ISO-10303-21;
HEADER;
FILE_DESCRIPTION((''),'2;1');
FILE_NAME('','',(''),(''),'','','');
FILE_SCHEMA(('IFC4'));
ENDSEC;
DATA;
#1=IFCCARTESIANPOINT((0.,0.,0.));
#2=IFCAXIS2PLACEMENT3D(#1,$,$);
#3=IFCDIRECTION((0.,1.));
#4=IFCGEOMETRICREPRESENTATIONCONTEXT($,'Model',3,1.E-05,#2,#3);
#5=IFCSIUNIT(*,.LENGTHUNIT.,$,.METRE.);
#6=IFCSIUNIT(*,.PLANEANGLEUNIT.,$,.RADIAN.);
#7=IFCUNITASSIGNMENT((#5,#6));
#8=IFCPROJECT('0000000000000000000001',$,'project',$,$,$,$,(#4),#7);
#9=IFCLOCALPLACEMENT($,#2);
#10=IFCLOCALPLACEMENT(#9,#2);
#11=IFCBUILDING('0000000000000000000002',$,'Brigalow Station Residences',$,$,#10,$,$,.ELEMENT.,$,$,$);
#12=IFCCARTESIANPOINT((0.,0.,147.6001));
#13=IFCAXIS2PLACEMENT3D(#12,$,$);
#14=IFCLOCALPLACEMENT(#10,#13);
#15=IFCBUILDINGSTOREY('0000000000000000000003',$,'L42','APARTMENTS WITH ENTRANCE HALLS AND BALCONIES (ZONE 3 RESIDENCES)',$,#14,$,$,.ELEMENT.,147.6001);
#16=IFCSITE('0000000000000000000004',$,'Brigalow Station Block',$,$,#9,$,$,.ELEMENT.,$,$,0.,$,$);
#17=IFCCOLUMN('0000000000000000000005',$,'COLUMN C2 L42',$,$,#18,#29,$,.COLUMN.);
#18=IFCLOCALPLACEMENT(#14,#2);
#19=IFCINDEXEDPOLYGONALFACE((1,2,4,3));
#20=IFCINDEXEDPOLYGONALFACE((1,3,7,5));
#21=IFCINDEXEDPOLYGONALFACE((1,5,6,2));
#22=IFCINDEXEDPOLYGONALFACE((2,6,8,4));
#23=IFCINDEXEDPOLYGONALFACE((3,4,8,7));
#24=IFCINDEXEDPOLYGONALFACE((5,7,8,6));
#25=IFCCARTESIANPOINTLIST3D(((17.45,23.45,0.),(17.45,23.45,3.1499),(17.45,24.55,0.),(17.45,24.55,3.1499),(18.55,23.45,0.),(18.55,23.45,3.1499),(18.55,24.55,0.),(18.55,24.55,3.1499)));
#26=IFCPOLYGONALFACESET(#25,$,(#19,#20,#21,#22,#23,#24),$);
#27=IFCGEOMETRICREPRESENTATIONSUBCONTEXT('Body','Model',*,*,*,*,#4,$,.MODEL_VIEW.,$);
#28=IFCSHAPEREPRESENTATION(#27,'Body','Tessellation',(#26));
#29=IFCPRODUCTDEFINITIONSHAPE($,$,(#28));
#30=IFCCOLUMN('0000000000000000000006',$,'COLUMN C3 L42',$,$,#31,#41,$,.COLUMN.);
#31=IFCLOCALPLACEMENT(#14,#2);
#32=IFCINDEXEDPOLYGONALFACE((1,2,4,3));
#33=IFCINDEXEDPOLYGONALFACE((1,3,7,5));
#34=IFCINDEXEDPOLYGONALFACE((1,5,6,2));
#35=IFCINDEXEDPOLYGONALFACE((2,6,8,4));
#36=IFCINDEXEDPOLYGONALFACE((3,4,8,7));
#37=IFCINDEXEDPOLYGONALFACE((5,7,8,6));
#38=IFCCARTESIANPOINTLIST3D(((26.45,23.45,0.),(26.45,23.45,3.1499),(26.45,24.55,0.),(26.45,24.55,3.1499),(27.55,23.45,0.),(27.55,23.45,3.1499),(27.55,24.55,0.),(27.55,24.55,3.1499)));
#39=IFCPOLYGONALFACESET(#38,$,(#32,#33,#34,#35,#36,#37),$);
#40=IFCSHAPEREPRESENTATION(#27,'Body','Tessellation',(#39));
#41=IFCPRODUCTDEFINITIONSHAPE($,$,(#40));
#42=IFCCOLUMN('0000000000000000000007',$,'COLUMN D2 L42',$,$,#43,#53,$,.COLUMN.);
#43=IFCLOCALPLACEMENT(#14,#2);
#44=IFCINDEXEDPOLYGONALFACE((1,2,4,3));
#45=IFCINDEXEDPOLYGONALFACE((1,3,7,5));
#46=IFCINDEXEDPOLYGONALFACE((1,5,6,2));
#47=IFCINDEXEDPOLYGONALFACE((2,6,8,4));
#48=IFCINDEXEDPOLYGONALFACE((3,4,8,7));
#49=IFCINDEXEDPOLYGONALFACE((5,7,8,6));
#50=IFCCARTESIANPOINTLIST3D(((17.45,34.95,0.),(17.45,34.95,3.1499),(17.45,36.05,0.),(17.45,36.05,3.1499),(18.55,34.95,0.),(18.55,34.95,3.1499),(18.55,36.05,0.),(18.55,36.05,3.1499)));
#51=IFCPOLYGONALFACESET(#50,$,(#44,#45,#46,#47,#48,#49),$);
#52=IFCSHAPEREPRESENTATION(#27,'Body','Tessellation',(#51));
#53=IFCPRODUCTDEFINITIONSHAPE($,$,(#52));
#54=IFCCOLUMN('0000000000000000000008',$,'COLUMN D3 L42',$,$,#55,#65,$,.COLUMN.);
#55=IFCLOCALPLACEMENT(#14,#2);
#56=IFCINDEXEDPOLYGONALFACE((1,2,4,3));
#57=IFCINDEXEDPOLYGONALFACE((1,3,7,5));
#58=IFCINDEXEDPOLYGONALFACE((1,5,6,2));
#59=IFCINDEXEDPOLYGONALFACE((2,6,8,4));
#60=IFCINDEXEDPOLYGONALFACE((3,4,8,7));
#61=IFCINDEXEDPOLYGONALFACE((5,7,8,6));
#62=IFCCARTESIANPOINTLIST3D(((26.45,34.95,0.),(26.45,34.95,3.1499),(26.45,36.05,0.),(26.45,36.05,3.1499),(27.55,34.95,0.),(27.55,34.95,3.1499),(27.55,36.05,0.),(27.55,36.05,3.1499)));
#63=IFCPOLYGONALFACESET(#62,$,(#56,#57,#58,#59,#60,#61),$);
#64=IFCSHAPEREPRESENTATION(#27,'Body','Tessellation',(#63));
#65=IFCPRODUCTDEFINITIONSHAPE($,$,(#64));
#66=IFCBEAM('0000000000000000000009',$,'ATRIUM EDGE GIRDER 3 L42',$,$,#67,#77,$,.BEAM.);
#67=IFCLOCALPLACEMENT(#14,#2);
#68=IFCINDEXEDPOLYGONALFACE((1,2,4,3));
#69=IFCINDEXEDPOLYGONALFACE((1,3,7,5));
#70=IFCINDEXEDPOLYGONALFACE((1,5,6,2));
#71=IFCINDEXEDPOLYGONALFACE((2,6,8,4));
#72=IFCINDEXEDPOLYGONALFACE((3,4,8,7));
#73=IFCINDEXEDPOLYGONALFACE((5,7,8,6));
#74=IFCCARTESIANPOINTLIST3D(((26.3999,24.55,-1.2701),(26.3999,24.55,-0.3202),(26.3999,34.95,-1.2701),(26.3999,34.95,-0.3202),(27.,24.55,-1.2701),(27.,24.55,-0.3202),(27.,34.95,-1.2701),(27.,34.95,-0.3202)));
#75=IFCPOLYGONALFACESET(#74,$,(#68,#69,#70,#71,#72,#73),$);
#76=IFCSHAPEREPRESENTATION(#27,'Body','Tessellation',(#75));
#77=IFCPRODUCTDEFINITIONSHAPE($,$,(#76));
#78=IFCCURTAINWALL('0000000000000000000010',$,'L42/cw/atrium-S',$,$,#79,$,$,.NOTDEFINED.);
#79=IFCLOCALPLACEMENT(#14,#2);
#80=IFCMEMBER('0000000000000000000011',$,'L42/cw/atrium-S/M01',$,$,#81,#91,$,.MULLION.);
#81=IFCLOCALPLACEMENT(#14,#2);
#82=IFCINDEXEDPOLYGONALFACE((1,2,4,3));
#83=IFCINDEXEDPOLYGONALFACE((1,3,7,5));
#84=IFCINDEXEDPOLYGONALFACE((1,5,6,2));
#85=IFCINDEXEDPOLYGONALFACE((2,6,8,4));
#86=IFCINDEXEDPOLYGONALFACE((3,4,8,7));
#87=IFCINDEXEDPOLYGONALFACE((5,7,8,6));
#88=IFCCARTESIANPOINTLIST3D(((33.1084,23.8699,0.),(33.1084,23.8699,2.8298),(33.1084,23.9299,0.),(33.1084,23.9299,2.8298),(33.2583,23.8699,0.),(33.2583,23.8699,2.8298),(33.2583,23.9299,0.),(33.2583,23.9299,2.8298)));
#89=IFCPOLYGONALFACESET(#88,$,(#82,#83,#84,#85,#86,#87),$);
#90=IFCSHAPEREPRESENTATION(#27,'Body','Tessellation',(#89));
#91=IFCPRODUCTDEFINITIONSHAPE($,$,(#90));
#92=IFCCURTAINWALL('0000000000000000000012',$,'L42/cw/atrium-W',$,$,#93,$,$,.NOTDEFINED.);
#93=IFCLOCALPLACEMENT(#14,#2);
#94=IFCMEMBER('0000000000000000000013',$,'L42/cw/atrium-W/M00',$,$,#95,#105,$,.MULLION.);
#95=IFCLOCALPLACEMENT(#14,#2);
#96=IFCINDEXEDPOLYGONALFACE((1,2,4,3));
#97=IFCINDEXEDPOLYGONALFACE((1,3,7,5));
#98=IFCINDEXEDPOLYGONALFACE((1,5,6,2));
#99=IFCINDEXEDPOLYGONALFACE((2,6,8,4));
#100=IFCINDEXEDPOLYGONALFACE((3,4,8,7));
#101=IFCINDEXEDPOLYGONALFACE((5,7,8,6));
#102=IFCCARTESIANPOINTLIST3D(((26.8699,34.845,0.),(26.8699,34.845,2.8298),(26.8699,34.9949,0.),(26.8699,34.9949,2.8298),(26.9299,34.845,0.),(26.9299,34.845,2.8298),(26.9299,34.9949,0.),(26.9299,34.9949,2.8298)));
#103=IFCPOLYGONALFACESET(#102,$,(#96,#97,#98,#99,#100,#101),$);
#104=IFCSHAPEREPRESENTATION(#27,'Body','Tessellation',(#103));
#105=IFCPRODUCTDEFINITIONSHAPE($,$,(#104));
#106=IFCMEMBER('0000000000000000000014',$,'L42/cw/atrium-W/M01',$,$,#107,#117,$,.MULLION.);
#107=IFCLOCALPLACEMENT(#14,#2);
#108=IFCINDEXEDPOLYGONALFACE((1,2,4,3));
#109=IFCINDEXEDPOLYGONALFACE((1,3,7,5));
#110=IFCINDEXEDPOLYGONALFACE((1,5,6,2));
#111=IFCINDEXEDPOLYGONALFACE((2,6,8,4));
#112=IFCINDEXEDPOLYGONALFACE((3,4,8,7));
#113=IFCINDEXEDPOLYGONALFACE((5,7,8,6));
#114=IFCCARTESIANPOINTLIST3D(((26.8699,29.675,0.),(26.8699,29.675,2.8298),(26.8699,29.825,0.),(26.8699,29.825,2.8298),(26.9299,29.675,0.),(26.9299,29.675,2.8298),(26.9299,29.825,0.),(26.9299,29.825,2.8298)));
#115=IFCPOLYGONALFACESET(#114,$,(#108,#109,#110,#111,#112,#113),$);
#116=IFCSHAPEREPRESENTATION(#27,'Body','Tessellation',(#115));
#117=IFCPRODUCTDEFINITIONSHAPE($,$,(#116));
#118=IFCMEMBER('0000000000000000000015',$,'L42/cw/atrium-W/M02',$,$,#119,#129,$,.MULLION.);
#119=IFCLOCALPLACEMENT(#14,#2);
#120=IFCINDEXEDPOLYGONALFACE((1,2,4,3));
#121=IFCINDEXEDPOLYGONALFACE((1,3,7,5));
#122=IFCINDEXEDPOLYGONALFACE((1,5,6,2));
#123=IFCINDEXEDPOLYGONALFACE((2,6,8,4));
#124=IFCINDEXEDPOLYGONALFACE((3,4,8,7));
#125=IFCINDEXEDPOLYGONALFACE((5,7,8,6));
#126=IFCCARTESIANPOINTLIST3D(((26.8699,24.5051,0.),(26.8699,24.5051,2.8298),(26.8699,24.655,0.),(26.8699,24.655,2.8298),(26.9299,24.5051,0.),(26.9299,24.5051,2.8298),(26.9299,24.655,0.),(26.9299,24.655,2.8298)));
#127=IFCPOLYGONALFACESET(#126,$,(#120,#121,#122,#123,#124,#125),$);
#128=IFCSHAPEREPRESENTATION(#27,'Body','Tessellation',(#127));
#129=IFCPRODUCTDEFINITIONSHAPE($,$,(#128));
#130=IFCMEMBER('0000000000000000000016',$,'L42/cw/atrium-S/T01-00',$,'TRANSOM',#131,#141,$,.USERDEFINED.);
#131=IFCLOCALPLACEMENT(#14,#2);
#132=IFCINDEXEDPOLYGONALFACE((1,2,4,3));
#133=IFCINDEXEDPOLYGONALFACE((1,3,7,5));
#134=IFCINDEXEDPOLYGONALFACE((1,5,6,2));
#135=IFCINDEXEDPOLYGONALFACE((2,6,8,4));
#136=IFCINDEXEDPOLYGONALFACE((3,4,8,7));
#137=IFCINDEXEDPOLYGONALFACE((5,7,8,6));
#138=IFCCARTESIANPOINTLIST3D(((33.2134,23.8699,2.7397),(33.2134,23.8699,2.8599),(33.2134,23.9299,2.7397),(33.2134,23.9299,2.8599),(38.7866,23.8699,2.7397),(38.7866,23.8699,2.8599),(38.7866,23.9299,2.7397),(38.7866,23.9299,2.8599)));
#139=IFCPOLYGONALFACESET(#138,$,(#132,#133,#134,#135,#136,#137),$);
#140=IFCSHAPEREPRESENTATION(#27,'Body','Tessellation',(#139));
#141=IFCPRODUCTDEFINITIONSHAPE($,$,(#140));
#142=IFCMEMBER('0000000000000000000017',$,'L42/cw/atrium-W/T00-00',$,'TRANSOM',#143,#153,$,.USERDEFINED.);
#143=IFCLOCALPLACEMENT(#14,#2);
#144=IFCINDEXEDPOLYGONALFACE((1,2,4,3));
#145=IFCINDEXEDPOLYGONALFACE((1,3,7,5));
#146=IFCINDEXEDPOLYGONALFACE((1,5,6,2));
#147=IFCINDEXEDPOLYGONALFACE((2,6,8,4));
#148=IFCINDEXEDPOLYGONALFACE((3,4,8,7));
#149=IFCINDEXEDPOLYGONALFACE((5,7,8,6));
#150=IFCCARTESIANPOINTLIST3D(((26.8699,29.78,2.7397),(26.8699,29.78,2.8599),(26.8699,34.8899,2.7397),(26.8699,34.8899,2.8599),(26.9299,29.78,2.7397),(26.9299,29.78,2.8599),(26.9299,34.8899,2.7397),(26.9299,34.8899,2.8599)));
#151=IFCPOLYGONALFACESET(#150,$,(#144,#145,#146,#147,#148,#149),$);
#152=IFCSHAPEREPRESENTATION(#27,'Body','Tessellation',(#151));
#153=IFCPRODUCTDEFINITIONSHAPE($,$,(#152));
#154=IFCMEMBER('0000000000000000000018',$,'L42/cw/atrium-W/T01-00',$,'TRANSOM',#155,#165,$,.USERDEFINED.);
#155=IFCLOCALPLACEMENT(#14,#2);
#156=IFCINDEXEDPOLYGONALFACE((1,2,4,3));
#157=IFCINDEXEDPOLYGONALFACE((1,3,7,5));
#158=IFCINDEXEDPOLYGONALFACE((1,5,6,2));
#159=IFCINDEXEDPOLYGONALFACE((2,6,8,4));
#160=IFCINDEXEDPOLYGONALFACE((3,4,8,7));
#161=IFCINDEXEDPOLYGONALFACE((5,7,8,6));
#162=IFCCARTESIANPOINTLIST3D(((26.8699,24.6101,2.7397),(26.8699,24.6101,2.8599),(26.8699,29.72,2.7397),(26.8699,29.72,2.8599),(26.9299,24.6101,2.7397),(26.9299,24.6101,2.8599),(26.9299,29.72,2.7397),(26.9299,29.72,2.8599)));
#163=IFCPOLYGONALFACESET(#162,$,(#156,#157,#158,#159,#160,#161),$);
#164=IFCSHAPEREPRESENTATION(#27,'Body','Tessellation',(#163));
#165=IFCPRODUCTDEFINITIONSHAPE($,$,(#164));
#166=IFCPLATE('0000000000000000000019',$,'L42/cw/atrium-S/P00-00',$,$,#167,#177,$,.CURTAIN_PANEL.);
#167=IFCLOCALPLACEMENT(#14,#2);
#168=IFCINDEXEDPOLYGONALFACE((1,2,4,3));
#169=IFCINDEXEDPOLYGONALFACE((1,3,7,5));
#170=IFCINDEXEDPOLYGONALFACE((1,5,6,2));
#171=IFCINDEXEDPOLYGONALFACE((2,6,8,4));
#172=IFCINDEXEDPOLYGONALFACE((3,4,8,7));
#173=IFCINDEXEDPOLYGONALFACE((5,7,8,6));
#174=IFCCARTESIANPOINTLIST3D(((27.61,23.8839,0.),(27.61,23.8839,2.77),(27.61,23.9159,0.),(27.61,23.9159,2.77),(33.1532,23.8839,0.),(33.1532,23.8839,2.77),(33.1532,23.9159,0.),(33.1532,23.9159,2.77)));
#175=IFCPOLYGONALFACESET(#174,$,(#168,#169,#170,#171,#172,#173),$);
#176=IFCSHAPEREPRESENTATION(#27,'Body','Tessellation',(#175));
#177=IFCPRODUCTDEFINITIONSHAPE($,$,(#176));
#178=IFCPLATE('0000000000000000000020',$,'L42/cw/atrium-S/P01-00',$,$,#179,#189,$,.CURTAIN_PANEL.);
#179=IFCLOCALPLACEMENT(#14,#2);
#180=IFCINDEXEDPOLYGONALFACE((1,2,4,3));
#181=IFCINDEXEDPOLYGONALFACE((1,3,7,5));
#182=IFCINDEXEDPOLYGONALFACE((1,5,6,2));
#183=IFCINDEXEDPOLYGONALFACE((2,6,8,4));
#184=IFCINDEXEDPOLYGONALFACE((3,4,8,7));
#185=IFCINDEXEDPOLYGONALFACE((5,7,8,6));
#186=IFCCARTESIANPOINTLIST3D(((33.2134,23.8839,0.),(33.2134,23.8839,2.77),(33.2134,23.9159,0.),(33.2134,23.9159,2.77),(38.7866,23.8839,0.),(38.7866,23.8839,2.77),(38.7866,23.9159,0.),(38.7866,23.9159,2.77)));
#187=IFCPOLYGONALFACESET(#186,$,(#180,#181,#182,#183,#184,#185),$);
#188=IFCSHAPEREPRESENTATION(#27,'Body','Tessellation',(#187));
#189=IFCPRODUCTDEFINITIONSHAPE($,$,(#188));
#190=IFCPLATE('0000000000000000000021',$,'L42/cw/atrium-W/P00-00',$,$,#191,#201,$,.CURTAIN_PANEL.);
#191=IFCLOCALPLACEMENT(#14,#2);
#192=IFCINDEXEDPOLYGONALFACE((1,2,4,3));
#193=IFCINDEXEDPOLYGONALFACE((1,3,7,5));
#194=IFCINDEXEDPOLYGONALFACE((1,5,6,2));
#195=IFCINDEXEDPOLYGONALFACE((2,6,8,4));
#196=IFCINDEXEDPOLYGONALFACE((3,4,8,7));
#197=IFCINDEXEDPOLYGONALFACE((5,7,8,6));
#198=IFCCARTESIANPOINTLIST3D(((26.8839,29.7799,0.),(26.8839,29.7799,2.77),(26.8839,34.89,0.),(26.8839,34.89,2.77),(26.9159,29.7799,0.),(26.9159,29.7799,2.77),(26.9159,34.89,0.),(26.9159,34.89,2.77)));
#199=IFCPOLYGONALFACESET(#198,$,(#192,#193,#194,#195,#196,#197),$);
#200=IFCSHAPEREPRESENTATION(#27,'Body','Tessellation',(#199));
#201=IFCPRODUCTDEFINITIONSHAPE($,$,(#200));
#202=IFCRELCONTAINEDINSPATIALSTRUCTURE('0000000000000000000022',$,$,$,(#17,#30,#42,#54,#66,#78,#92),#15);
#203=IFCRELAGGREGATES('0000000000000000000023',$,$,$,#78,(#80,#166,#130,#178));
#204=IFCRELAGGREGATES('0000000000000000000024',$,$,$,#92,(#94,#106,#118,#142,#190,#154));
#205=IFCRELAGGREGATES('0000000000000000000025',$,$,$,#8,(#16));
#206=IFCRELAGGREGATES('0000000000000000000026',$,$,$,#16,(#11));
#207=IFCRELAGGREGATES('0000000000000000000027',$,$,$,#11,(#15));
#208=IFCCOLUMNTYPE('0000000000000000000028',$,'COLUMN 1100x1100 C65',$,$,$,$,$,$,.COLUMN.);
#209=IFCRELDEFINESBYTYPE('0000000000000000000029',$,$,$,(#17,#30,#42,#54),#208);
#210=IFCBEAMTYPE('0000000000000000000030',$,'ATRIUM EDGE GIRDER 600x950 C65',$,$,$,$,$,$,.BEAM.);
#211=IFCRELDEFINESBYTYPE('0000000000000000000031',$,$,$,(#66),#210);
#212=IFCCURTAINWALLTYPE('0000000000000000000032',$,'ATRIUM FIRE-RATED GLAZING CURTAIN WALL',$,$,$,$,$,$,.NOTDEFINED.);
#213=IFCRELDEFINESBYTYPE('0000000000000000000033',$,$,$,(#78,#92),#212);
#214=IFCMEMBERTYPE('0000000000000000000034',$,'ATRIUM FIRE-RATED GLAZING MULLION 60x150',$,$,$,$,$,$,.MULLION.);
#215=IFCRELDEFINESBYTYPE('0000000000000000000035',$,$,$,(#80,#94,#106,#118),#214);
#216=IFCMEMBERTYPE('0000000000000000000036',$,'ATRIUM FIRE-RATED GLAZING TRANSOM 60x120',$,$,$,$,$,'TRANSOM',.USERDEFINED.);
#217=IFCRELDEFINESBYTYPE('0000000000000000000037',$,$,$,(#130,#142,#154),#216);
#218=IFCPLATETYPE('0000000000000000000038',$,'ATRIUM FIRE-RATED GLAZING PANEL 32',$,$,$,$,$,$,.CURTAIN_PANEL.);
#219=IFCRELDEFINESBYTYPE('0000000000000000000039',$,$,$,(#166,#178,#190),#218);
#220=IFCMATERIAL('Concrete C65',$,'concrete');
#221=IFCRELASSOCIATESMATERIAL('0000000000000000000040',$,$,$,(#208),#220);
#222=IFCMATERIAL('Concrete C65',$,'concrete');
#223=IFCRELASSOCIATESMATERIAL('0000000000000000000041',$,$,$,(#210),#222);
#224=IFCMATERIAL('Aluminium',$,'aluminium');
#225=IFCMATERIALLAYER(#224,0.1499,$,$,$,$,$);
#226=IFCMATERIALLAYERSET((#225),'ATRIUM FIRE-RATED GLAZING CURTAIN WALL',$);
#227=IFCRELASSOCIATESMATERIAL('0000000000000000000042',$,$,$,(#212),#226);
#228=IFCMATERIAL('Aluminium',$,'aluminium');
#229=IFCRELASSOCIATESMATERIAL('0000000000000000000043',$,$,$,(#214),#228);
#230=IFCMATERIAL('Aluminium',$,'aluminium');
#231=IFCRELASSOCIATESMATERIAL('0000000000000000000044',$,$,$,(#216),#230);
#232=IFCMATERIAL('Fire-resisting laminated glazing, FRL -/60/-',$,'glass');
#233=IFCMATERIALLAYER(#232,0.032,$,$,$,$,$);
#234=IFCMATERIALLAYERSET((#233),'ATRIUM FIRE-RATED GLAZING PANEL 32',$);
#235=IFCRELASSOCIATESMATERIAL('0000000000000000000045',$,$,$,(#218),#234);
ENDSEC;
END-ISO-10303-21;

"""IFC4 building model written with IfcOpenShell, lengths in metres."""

from ifc_helpers import new_model, si_unit, direction, frame, origin, origin_2d, place, context, subcontext, project, spatial, rectangle, extrude, material, layer, layer_set, material_profile, profile_set, type_object, element, aggregate, save


model = new_model("IFC4")

# Units and contexts
model_context = context("Model", 3, precision=1e-05, world=origin(), true_north=direction((0.0, 1.0)))
body_context = subcontext(model_context, "Body", "Model", "MODEL_VIEW")
ifc_project = project(units=[si_unit("LENGTHUNIT", "METRE"), si_unit("PLANEANGLEUNIT", "RADIAN")], contexts=[model_context])

# Site, building, storey
site_placement = place(None, origin())
site = spatial("IfcSite", under=ifc_project, at=site_placement, Name="Brigalow Station Block", CompositionType="ELEMENT", RefElevation=0.0)
building_placement = place(site_placement, origin())
building = spatial("IfcBuilding", under=site, at=building_placement, Name="Brigalow Station Residences", CompositionType="ELEMENT")
storey_placement = place(building_placement, frame((0.0, 0.0, 147.6001)))
storey = spatial("IfcBuildingStorey", under=building, at=storey_placement, Name="L42", Description="APARTMENTS WITH ENTRANCE HALLS AND BALCONIES (ZONE 3 RESIDENCES)", CompositionType="ELEMENT", Elevation=147.6001)

# Columns
ifc_material_1 = material(Name="Concrete C65", Category="concrete")
ifc_material_profile_1 = material_profile(ifc_material_1, rectangle(XDim=1.1001, YDim=1.1001, at=origin_2d()), Name="RC1100x1100")
ifc_profile_set_1 = profile_set([ifc_material_profile_1], Name="Concrete C65")
column_type = type_object("IfcColumnType", Name="COLUMN 1100x1100 C65", PredefinedType="COLUMN", material=ifc_profile_set_1)
for number, where, z_axis, x_axis, name in (
    (1, (18.0, 24.0, 0.0), (0.0, 0.0, 1.0), (1.0, 0.0, 0.0), "COLUMN C2 L42"),
    (2, (27.0, 24.0, 0.0), (0.0, 0.0, 1.0), (1.0, 0.0, 0.0), "COLUMN C3 L42"),
    (3, (18.0, 35.5, 0.0), (0.0, 0.0, 1.0), (1.0, 0.0, 0.0), "COLUMN D2 L42"),
    (4, (27.0, 35.5, 0.0), (0.0, 0.0, 1.0), (1.0, 0.0, 0.0), "COLUMN D3 L42"),
):
    element("IfcColumn", number, at=place(storey_placement, frame(where, z_axis=z_axis, x_axis=x_axis)), inside=storey, type_object=column_type, Name=name, PredefinedType="COLUMN", context=body_context, shape_type="SweptSolid", body=[
        extrude(rectangle(XDim=1.1001, YDim=1.1001, at=origin_2d()), origin(), (0.0, 0.0, 1.0), 3.1499),
    ])

# Beam
ifc_material_2 = material(Name="Concrete C65", Category="concrete")
ifc_material_profile_2 = material_profile(ifc_material_2, rectangle(XDim=0.6001, YDim=0.95, at=origin_2d()), Name="RC600x950")
ifc_profile_set_2 = profile_set([ifc_material_profile_2], Name="Concrete C65")
beam_type = type_object("IfcBeamType", Name="ATRIUM EDGE GIRDER 600x950 C65", PredefinedType="BEAM", material=ifc_profile_set_2)
beam_placement = place(storey_placement, frame((26.7, 24.55, -0.7952), z_axis=(0.0, 1.0, 0.0), x_axis=(-1.0, 0.0, 0.0)))
element("IfcBeam", 5, at=beam_placement, inside=storey, type_object=beam_type, Name="ATRIUM EDGE GIRDER 3 L42", PredefinedType="BEAM", context=body_context, shape_type="SweptSolid", body=[
    extrude(rectangle(XDim=0.6001, YDim=0.95, at=origin_2d()), origin(), (0.0, 0.0, 1.0), 10.3999),
])

# Curtain wall, member
ifc_material_3 = material(Name="Aluminium", Category="aluminium")
ifc_layer_1 = layer(ifc_material_3, 0.1499)
ifc_layer_set_1 = layer_set([ifc_layer_1], Name="ATRIUM FIRE-RATED GLAZING CURTAIN WALL")
curtain_wall_type = type_object("IfcCurtainWallType", Name="ATRIUM FIRE-RATED GLAZING CURTAIN WALL", PredefinedType="NOTDEFINED", material=ifc_layer_set_1)
curtain_wall_1_placement = place(storey_placement, origin())
curtain_wall_1 = element("IfcCurtainWall", 6, at=curtain_wall_1_placement, inside=storey, type_object=curtain_wall_type, Name="L42/cw/atrium-S", PredefinedType="NOTDEFINED")
ifc_material_4 = material(Name="Aluminium", Category="aluminium")
ifc_material_profile_3 = material_profile(ifc_material_4, rectangle(XDim=0.0601, YDim=0.1499, at=origin_2d()), Name="ATRIUM FIRE-RATED GLAZING MULLION 60x150")
ifc_profile_set_3 = profile_set([ifc_material_profile_3], Name="Aluminium")
member_type_1 = type_object("IfcMemberType", Name="ATRIUM FIRE-RATED GLAZING MULLION 60x150", PredefinedType="MULLION", material=ifc_profile_set_3)
member_1_placement = place(storey_placement, frame((33.1833, 23.8999, 0.0), z_axis=(0.0, 0.0, 1.0), x_axis=(0.0, 1.0, 0.0)))
member_1 = element("IfcMember", 7, at=member_1_placement, type_object=member_type_1, Name="L42/cw/atrium-S/M01", PredefinedType="MULLION", context=body_context, shape_type="SweptSolid", body=[
    extrude(rectangle(XDim=0.0601, YDim=0.1499, at=origin_2d()), origin(), (0.0, 0.0, 1.0), 2.8298),
])

# Curtain wall, members
curtain_wall_2_placement = place(storey_placement, origin())
curtain_wall_2 = element("IfcCurtainWall", 8, at=curtain_wall_2_placement, inside=storey, type_object=curtain_wall_type, Name="L42/cw/atrium-W", PredefinedType="NOTDEFINED")
member_2_placement = place(storey_placement, frame((26.8999, 34.9199, 0.0), z_axis=(0.0, 0.0, 1.0), x_axis=(1.0, 0.0, 0.0)))
member_2 = element("IfcMember", 9, at=member_2_placement, type_object=member_type_1, Name="L42/cw/atrium-W/M00", PredefinedType="MULLION", context=body_context, shape_type="SweptSolid", body=[
    extrude(rectangle(XDim=0.0601, YDim=0.1499, at=origin_2d()), origin(), (0.0, 0.0, 1.0), 2.8298),
])
member_3_placement = place(storey_placement, frame((26.8999, 29.75, 0.0), z_axis=(0.0, 0.0, 1.0), x_axis=(1.0, 0.0, 0.0)))
member_3 = element("IfcMember", 10, at=member_3_placement, type_object=member_type_1, Name="L42/cw/atrium-W/M01", PredefinedType="MULLION", context=body_context, shape_type="SweptSolid", body=[
    extrude(rectangle(XDim=0.0601, YDim=0.1499, at=origin_2d()), origin(), (0.0, 0.0, 1.0), 2.8298),
])
member_4_placement = place(storey_placement, frame((26.8999, 24.5801, 0.0), z_axis=(0.0, 0.0, 1.0), x_axis=(1.0, 0.0, 0.0)))
member_4 = element("IfcMember", 11, at=member_4_placement, type_object=member_type_1, Name="L42/cw/atrium-W/M02", PredefinedType="MULLION", context=body_context, shape_type="SweptSolid", body=[
    extrude(rectangle(XDim=0.0601, YDim=0.1499, at=origin_2d()), origin(), (0.0, 0.0, 1.0), 2.8298),
])

# Members
ifc_material_5 = material(Name="Aluminium", Category="aluminium")
ifc_material_profile_4 = material_profile(ifc_material_5, rectangle(XDim=0.0601, YDim=0.1201, at=origin_2d()), Name="ATRIUM FIRE-RATED GLAZING TRANSOM 60x120")
ifc_profile_set_4 = profile_set([ifc_material_profile_4], Name="Aluminium")
member_type_2 = type_object("IfcMemberType", Name="ATRIUM FIRE-RATED GLAZING TRANSOM 60x120", ElementType="TRANSOM", PredefinedType="USERDEFINED", material=ifc_profile_set_4)
member_5_placement = place(storey_placement, frame((33.2134, 23.8999, 2.7998), z_axis=(1.0, 0.0, 0.0), x_axis=(0.0, 1.0, 0.0)))
member_5 = element("IfcMember", 12, at=member_5_placement, type_object=member_type_2, Name="L42/cw/atrium-S/T01-00", ObjectType="TRANSOM", PredefinedType="USERDEFINED", context=body_context, shape_type="SweptSolid", body=[
    extrude(rectangle(XDim=0.0601, YDim=0.1201, at=origin_2d()), origin(), (0.0, 0.0, 1.0), 5.5732),
])
member_6_placement = place(storey_placement, frame((26.8999, 34.8899, 2.7998), z_axis=(0.0, -1.0, 0.0), x_axis=(1.0, 0.0, 0.0)))
member_6 = element("IfcMember", 13, at=member_6_placement, type_object=member_type_2, Name="L42/cw/atrium-W/T00-00", ObjectType="TRANSOM", PredefinedType="USERDEFINED", context=body_context, shape_type="SweptSolid", body=[
    extrude(rectangle(XDim=0.0601, YDim=0.1201, at=origin_2d()), origin(), (0.0, 0.0, 1.0), 5.1099),
])
member_7_placement = place(storey_placement, frame((26.8999, 29.72, 2.7998), z_axis=(0.0, -1.0, 0.0), x_axis=(1.0, 0.0, 0.0)))
member_7 = element("IfcMember", 14, at=member_7_placement, type_object=member_type_2, Name="L42/cw/atrium-W/T01-00", ObjectType="TRANSOM", PredefinedType="USERDEFINED", context=body_context, shape_type="SweptSolid", body=[
    extrude(rectangle(XDim=0.0601, YDim=0.1201, at=origin_2d()), origin(), (0.0, 0.0, 1.0), 5.1099),
])

# Plates
ifc_material_6 = material(Name="Fire-resisting laminated glazing, FRL -/60/-", Category="glass")
ifc_layer_2 = layer(ifc_material_6, 0.032)
ifc_layer_set_2 = layer_set([ifc_layer_2], Name="ATRIUM FIRE-RATED GLAZING PANEL 32")
plate_type = type_object("IfcPlateType", Name="ATRIUM FIRE-RATED GLAZING PANEL 32", PredefinedType="CURTAIN_PANEL", material=ifc_layer_set_2)
plate_1_placement = place(storey_placement, frame((30.3816, 23.8999, 0.0), z_axis=(0.0, 0.0, 1.0), x_axis=(1.0, 0.0, 0.0)))
plate_1 = element("IfcPlate", 15, at=plate_1_placement, type_object=plate_type, Name="L42/cw/atrium-S/P00-00", PredefinedType="CURTAIN_PANEL", context=body_context, shape_type="SweptSolid", body=[
    extrude(rectangle(XDim=5.5432, YDim=0.032, at=origin_2d()), origin(), (0.0, 0.0, 1.0), 2.77),
])
plate_2_placement = place(storey_placement, frame((36.0, 23.8999, 0.0), z_axis=(0.0, 0.0, 1.0), x_axis=(1.0, 0.0, 0.0)))
plate_2 = element("IfcPlate", 16, at=plate_2_placement, type_object=plate_type, Name="L42/cw/atrium-S/P01-00", PredefinedType="CURTAIN_PANEL", context=body_context, shape_type="SweptSolid", body=[
    extrude(rectangle(XDim=5.5732, YDim=0.032, at=origin_2d()), origin(), (0.0, 0.0, 1.0), 2.77),
])
aggregate(curtain_wall_1, [member_1, plate_1, member_5, plate_2])
plate_3_placement = place(storey_placement, frame((26.8999, 32.335, 0.0), z_axis=(0.0, 0.0, 1.0), x_axis=(0.0, -1.0, 0.0)))
plate_3 = element("IfcPlate", 17, at=plate_3_placement, type_object=plate_type, Name="L42/cw/atrium-W/P00-00", PredefinedType="CURTAIN_PANEL", context=body_context, shape_type="SweptSolid", body=[
    extrude(rectangle(XDim=5.1101, YDim=0.032, at=origin_2d()), origin(), (0.0, 0.0, 1.0), 2.77),
])
aggregate(curtain_wall_2, [member_2, member_3, member_4, member_6, plate_3, member_7])

save(model, "model.ifc")
